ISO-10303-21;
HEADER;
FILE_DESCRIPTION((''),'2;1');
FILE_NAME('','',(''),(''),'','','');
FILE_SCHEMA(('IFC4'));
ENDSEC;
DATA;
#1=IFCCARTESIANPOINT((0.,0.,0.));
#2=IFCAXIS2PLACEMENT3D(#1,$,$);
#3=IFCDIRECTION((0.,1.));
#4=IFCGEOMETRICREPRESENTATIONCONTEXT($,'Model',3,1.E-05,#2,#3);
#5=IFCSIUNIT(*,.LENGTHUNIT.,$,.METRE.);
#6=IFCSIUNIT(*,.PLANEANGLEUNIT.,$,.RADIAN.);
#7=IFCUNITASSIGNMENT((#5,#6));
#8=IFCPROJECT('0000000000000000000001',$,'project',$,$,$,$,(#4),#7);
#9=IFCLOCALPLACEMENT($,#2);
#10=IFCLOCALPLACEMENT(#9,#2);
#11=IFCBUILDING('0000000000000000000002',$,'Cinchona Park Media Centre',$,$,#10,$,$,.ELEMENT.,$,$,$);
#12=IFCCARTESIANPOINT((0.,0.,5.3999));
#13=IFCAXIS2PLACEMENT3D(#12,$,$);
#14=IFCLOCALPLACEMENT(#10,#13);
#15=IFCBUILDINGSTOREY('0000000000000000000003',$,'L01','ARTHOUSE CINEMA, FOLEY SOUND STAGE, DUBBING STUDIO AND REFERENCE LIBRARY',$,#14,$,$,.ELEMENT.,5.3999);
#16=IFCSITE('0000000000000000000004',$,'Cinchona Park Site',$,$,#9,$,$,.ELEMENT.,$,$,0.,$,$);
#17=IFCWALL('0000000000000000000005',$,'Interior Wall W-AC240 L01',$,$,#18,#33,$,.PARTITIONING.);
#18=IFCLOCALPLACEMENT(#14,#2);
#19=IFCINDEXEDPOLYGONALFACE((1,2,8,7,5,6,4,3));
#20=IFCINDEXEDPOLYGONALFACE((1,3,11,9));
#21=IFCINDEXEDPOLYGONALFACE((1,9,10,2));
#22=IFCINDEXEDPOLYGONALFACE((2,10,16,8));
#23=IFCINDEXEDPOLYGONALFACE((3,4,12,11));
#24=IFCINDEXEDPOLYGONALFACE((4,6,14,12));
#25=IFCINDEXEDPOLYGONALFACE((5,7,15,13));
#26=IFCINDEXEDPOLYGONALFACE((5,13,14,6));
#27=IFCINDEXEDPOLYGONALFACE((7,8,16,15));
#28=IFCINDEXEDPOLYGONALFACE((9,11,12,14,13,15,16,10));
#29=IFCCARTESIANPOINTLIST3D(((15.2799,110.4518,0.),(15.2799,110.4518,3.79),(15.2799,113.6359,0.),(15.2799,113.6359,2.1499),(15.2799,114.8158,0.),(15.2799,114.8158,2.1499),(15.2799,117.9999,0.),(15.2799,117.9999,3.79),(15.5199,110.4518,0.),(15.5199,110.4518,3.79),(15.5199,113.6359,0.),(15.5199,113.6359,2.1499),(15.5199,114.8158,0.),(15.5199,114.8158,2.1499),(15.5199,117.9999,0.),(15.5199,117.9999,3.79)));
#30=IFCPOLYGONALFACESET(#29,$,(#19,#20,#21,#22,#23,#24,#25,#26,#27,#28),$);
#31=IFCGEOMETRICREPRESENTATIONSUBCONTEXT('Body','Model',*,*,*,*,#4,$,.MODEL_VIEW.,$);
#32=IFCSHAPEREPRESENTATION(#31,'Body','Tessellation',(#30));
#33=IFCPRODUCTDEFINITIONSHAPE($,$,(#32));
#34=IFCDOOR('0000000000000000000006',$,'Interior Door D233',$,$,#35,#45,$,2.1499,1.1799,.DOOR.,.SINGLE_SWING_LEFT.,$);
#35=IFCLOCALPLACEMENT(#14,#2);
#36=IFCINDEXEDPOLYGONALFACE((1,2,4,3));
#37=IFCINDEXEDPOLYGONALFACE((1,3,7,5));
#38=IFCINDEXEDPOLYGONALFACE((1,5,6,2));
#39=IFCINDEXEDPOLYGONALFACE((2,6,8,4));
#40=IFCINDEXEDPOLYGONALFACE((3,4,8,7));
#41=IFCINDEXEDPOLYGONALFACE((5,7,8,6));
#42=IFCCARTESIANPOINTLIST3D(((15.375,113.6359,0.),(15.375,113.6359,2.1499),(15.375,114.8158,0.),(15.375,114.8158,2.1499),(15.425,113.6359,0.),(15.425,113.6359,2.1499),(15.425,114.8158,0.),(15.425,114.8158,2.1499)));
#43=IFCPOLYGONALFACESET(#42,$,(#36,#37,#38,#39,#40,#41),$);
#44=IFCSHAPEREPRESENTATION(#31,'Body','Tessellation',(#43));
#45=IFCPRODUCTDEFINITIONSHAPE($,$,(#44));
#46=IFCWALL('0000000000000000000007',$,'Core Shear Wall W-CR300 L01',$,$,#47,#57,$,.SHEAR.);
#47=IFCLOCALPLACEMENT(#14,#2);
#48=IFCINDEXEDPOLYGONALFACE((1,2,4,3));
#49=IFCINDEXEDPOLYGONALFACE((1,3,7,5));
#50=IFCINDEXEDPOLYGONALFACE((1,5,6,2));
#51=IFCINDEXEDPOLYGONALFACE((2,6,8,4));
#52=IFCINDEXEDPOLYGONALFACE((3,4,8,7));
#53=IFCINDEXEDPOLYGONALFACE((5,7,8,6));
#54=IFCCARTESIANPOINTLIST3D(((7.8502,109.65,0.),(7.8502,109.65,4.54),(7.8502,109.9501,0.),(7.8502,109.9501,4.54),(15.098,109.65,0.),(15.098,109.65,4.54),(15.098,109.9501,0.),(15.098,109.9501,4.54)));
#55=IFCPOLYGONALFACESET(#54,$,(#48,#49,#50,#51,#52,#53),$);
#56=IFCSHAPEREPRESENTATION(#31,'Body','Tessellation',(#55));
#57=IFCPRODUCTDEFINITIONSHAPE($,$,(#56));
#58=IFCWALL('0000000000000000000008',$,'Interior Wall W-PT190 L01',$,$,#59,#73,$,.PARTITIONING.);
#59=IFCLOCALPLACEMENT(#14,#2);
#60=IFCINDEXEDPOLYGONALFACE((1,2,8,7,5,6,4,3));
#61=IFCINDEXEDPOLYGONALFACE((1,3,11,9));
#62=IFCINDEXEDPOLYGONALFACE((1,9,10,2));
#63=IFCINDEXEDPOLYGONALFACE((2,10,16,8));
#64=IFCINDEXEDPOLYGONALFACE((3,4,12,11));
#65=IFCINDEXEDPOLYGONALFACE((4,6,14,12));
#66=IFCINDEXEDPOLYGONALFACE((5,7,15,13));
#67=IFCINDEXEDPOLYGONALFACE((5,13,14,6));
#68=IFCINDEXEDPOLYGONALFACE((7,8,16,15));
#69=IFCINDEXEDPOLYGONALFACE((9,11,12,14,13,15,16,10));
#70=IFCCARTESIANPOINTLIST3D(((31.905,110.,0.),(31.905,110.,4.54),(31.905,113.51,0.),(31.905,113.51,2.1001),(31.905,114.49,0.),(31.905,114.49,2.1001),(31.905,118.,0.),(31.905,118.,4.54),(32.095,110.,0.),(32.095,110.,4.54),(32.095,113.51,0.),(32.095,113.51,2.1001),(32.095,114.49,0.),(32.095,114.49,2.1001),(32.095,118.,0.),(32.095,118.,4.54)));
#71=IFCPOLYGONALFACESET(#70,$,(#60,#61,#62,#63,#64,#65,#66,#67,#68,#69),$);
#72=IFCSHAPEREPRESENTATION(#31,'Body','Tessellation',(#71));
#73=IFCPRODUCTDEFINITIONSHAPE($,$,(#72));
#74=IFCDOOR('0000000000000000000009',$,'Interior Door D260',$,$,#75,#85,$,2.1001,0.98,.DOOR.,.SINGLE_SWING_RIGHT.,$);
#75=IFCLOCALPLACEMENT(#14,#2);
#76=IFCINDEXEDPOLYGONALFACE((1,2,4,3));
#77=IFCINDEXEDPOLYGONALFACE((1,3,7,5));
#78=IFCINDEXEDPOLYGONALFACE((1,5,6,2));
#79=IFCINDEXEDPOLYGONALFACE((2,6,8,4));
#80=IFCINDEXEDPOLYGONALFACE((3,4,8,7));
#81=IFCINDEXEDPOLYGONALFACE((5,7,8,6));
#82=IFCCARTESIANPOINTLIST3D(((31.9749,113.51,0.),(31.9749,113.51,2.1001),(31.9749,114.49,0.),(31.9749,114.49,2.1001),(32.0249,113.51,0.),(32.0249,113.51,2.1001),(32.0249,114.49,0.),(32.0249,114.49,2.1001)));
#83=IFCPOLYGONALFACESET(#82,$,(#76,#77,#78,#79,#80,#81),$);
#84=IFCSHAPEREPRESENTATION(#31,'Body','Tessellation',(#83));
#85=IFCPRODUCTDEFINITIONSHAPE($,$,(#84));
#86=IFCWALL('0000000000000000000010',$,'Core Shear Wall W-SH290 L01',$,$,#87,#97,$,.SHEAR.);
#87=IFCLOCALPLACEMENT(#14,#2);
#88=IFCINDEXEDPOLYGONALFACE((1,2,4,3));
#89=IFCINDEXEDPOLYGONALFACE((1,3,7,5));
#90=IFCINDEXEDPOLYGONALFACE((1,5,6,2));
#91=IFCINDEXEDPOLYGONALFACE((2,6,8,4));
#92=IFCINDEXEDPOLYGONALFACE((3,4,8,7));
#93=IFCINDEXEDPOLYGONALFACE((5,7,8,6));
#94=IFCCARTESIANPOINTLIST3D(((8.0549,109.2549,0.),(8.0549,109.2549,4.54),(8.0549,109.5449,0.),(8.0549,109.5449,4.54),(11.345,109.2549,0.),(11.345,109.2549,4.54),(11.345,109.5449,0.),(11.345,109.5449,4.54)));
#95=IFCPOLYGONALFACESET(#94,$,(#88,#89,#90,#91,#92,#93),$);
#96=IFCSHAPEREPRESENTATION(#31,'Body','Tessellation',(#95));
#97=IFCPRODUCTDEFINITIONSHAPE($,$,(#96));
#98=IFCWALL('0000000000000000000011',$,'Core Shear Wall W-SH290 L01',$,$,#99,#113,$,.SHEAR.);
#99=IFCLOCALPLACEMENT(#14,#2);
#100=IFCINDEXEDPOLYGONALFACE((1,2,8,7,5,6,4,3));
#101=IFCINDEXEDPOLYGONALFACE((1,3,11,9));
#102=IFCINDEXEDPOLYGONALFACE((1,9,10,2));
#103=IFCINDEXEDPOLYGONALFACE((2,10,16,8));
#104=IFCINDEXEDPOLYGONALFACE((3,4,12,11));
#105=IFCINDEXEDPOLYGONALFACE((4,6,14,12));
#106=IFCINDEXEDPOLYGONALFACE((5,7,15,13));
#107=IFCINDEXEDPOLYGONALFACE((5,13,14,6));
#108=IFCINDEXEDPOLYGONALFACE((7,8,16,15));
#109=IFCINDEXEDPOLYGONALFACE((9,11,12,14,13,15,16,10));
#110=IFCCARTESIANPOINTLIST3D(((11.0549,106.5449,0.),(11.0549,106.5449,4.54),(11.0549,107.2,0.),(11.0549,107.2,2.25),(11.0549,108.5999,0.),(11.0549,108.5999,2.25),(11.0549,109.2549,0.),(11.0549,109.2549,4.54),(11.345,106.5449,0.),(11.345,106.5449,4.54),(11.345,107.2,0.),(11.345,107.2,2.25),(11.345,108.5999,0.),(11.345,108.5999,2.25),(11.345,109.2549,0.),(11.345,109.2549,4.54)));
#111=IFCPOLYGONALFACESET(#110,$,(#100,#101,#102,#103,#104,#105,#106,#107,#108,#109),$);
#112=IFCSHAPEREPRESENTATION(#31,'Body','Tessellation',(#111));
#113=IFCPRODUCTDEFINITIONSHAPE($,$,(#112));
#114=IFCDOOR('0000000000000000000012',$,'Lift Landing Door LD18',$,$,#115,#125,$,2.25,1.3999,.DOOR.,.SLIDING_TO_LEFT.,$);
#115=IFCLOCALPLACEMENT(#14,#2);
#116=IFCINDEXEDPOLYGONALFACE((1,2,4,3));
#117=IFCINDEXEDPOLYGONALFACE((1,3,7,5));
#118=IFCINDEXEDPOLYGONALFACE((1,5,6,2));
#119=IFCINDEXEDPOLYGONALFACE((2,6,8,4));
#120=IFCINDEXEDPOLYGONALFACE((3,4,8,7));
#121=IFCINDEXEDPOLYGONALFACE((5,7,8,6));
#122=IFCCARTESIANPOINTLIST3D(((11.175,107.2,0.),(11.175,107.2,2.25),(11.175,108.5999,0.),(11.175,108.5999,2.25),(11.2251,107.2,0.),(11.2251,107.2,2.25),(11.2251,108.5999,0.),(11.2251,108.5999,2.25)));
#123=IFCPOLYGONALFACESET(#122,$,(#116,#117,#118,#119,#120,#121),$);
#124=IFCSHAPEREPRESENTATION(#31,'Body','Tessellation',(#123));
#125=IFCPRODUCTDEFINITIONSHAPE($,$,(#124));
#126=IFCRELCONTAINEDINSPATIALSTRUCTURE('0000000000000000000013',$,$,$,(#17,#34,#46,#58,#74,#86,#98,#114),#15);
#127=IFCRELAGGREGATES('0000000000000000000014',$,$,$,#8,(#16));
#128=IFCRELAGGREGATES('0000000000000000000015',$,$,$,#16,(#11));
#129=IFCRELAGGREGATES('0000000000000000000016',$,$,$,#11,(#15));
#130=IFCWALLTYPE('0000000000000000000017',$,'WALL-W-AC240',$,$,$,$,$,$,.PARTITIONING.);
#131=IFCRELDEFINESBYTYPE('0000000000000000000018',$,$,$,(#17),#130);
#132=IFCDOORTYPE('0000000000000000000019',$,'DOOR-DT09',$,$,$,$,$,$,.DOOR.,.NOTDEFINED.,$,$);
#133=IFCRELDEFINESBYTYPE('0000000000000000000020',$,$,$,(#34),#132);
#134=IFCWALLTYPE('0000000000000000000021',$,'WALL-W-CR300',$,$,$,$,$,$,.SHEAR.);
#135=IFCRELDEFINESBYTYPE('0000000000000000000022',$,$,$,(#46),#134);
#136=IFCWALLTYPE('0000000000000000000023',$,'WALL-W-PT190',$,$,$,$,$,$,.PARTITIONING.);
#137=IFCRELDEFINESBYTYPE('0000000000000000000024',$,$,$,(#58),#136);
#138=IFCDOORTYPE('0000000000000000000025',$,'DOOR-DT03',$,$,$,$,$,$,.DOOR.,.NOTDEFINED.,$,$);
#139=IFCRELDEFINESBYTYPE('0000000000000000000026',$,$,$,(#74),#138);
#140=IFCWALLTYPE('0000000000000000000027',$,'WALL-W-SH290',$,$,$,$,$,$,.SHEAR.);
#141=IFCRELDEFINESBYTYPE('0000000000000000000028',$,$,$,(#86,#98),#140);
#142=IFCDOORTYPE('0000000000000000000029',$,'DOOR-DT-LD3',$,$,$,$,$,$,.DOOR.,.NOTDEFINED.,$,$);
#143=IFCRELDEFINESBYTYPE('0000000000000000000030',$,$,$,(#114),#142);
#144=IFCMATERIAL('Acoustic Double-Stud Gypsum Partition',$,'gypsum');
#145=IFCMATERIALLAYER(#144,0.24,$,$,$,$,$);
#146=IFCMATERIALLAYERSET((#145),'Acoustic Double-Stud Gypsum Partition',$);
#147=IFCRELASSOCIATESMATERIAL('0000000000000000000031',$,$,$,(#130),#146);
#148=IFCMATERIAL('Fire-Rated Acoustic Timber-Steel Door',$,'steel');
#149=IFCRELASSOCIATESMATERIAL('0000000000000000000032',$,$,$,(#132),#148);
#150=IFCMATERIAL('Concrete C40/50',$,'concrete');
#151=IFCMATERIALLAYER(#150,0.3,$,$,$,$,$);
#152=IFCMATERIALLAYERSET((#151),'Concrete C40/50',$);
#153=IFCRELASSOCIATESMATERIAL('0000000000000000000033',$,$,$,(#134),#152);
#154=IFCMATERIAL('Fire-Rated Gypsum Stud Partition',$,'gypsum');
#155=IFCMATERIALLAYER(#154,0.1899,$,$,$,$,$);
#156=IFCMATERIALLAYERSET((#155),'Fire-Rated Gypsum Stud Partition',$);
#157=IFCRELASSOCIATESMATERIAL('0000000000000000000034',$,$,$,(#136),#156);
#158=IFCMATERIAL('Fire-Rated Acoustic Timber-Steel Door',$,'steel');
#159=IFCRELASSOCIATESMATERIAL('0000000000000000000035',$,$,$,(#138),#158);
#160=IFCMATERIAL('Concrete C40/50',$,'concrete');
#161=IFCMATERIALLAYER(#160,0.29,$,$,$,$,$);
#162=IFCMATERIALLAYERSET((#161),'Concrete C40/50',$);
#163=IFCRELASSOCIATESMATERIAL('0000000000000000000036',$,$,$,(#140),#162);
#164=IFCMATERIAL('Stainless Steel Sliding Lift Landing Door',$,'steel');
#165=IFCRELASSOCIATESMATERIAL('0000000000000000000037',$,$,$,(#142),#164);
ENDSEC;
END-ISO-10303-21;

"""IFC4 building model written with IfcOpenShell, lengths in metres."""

from ifc_helpers import new_model, si_unit, direction, frame, frame_2d, origin, place, context, subcontext, project, spatial, rectangle, extrude, material, layer, layer_set, type_object, element, fill, save


model = new_model("IFC4")

# Units and contexts
model_context = context("Model", 3, precision=1e-05, world=origin(), true_north=direction((0.0, 1.0)))
body_context = subcontext(model_context, "Body", "Model", "MODEL_VIEW")
ifc_project = project(units=[si_unit("LENGTHUNIT", "METRE"), si_unit("PLANEANGLEUNIT", "RADIAN")], contexts=[model_context])

# Site, building, storey
site_placement = place(None, origin())
site = spatial("IfcSite", under=ifc_project, at=site_placement, Name="Cinchona Park Site", CompositionType="ELEMENT", RefElevation=0.0)
building_placement = place(site_placement, origin())
building = spatial("IfcBuilding", under=site, at=building_placement, Name="Cinchona Park Media Centre", CompositionType="ELEMENT")
storey_placement = place(building_placement, frame((0.0, 0.0, 5.3999)))
storey = spatial("IfcBuildingStorey", under=building, at=storey_placement, Name="L01", Description="ARTHOUSE CINEMA, FOLEY SOUND STAGE, DUBBING STUDIO AND REFERENCE LIBRARY", CompositionType="ELEMENT", Elevation=5.3999)

# Wall, opening, door
ifc_material_1 = material(Name="Acoustic Double-Stud Gypsum Partition", Category="gypsum")
ifc_layer_1 = layer(ifc_material_1, 0.24)
ifc_layer_set_1 = layer_set([ifc_layer_1], Name="Acoustic Double-Stud Gypsum Partition")
wall_type_1 = type_object("IfcWallType", Name="WALL-W-AC240", PredefinedType="PARTITIONING", material=ifc_layer_set_1)
wall_1_placement = place(storey_placement, frame((15.3999, 110.4519, 0.0), z_axis=(0.0, 0.0, 1.0), x_axis=(0.0, 1.0, 0.0)))
wall_1 = element("IfcWall", 1, at=wall_1_placement, inside=storey, type_object=wall_type_1, Name="Interior Wall W-AC240 L01", PredefinedType="PARTITIONING", context=body_context, shape_type="SweptSolid", body=[
    extrude(rectangle(XDim=7.5481, YDim=0.24, at=frame_2d((3.7739, 0.0))), origin(), (0.0, 0.0, 1.0), 3.79),
])
opening_1_placement = place(wall_1_placement, frame((3.1841, 0.0, 0.0)))
opening_1 = element("IfcOpeningElement", 2, at=opening_1_placement, cuts=wall_1, PredefinedType="OPENING", context=body_context, shape_type="SweptSolid", body=[
    extrude(rectangle(XDim=1.1799, YDim=2.1499, at=frame_2d((0.5898, 1.075))), frame((0.0, 0.1299, 0.0), z_axis=(0.0, -1.0, 0.0), x_axis=(1.0, 0.0, 0.0)), (0.0, 0.0, 1.0), 0.26),
])
ifc_material_2 = material(Name="Fire-Rated Acoustic Timber-Steel Door", Category="steel")
door_type_1 = type_object("IfcDoorType", Name="DOOR-DT09", OperationType="NOTDEFINED", PredefinedType="DOOR", material=ifc_material_2)
door_1_placement = place(opening_1_placement, origin())
door_1 = element("IfcDoor", 3, at=door_1_placement, inside=storey, type_object=door_type_1, Name="Interior Door D233", OperationType="SINGLE_SWING_LEFT", OverallHeight=2.1499, OverallWidth=1.1799, PredefinedType="DOOR", context=body_context, shape_type="SweptSolid", body=[
    extrude(rectangle(XDim=1.1799, YDim=2.1499, at=frame_2d((0.5898, 1.075))), frame((0.0, 0.0249, 0.0), z_axis=(0.0, -1.0, 0.0), x_axis=(1.0, 0.0, 0.0)), (0.0, 0.0, 1.0), 0.05),
])
fill(opening_1, door_1)

# Wall
ifc_material_3 = material(Name="Concrete C40/50", Category="concrete")
ifc_layer_2 = layer(ifc_material_3, 0.3)
ifc_layer_set_2 = layer_set([ifc_layer_2], Name="Concrete C40/50")
wall_type_2 = type_object("IfcWallType", Name="WALL-W-CR300", PredefinedType="SHEAR", material=ifc_layer_set_2)
wall_2_placement = place(storey_placement, frame((7.8501, 109.8, 0.0), z_axis=(0.0, 0.0, 1.0), x_axis=(1.0, 0.0, 0.0)))
element("IfcWall", 4, at=wall_2_placement, inside=storey, type_object=wall_type_2, Name="Core Shear Wall W-CR300 L01", PredefinedType="SHEAR", context=body_context, shape_type="SweptSolid", body=[
    extrude(rectangle(XDim=7.2478, YDim=0.3, at=frame_2d((3.624, 0.0))), origin(), (0.0, 0.0, 1.0), 4.54),
])

# Wall, opening, door
ifc_material_4 = material(Name="Fire-Rated Gypsum Stud Partition", Category="gypsum")
ifc_layer_3 = layer(ifc_material_4, 0.1899)
ifc_layer_set_3 = layer_set([ifc_layer_3], Name="Fire-Rated Gypsum Stud Partition")
wall_type_3 = type_object("IfcWallType", Name="WALL-W-PT190", PredefinedType="PARTITIONING", material=ifc_layer_set_3)
wall_3_placement = place(storey_placement, frame((32.0, 118.0, 0.0), z_axis=(0.0, 0.0, 1.0), x_axis=(0.0, -1.0, 0.0)))
wall_3 = element("IfcWall", 5, at=wall_3_placement, inside=storey, type_object=wall_type_3, Name="Interior Wall W-PT190 L01", PredefinedType="PARTITIONING", context=body_context, shape_type="SweptSolid", body=[
    extrude(rectangle(XDim=8.0, YDim=0.1899, at=frame_2d((4.0, 0.0))), origin(), (0.0, 0.0, 1.0), 4.54),
])
opening_2_placement = place(wall_3_placement, frame((3.51, 0.0, 0.0)))
opening_2 = element("IfcOpeningElement", 6, at=opening_2_placement, cuts=wall_3, PredefinedType="OPENING", context=body_context, shape_type="SweptSolid", body=[
    extrude(rectangle(XDim=0.98, YDim=2.1001, at=frame_2d((0.49, 1.05))), frame((0.0, 0.105, 0.0), z_axis=(0.0, -1.0, 0.0), x_axis=(1.0, 0.0, 0.0)), (0.0, 0.0, 1.0), 0.21),
])
ifc_material_5 = material(Name="Fire-Rated Acoustic Timber-Steel Door", Category="steel")
door_type_2 = type_object("IfcDoorType", Name="DOOR-DT03", OperationType="NOTDEFINED", PredefinedType="DOOR", material=ifc_material_5)
door_2_placement = place(opening_2_placement, origin())
door_2 = element("IfcDoor", 7, at=door_2_placement, inside=storey, type_object=door_type_2, Name="Interior Door D260", OperationType="SINGLE_SWING_RIGHT", OverallHeight=2.1001, OverallWidth=0.98, PredefinedType="DOOR", context=body_context, shape_type="SweptSolid", body=[
    extrude(rectangle(XDim=0.98, YDim=2.1001, at=frame_2d((0.49, 1.05))), frame((0.0, 0.0249, 0.0), z_axis=(0.0, -1.0, 0.0), x_axis=(1.0, 0.0, 0.0)), (0.0, 0.0, 1.0), 0.05),
])
fill(opening_2, door_2)

# Wall
ifc_material_6 = material(Name="Concrete C40/50", Category="concrete")
ifc_layer_4 = layer(ifc_material_6, 0.29)
ifc_layer_set_4 = layer_set([ifc_layer_4], Name="Concrete C40/50")
wall_type_4 = type_object("IfcWallType", Name="WALL-W-SH290", PredefinedType="SHEAR", material=ifc_layer_set_4)
wall_4_placement = place(storey_placement, frame((8.0549, 109.3999, 0.0), z_axis=(0.0, 0.0, 1.0), x_axis=(1.0, 0.0, 0.0)))
element("IfcWall", 8, at=wall_4_placement, inside=storey, type_object=wall_type_4, Name="Core Shear Wall W-SH290 L01", PredefinedType="SHEAR", context=body_context, shape_type="SweptSolid", body=[
    extrude(rectangle(XDim=3.29, YDim=0.29, at=frame_2d((1.645, 0.0))), origin(), (0.0, 0.0, 1.0), 4.54),
])

# Wall, opening, door
wall_5_placement = place(storey_placement, frame((11.2, 106.5449, 0.0), z_axis=(0.0, 0.0, 1.0), x_axis=(0.0, 1.0, 0.0)))
wall_5 = element("IfcWall", 9, at=wall_5_placement, inside=storey, type_object=wall_type_4, Name="Core Shear Wall W-SH290 L01", PredefinedType="SHEAR", context=body_context, shape_type="SweptSolid", body=[
    extrude(rectangle(XDim=2.71, YDim=0.29, at=frame_2d((1.355, 0.0))), origin(), (0.0, 0.0, 1.0), 4.54),
])
opening_3_placement = place(wall_5_placement, frame((0.655, 0.0, 0.0)))
opening_3 = element("IfcOpeningElement", 10, at=opening_3_placement, cuts=wall_5, PredefinedType="OPENING", context=body_context, shape_type="SweptSolid", body=[
    extrude(rectangle(XDim=1.3999, YDim=2.25, at=frame_2d((0.7, 1.125))), frame((0.0, 0.155, 0.0), z_axis=(0.0, -1.0, 0.0), x_axis=(1.0, 0.0, 0.0)), (0.0, 0.0, 1.0), 0.3101),
])
ifc_material_7 = material(Name="Stainless Steel Sliding Lift Landing Door", Category="steel")
door_type_3 = type_object("IfcDoorType", Name="DOOR-DT-LD3", OperationType="NOTDEFINED", PredefinedType="DOOR", material=ifc_material_7)
door_3_placement = place(opening_3_placement, origin())
door_3 = element("IfcDoor", 11, at=door_3_placement, inside=storey, type_object=door_type_3, Name="Lift Landing Door LD18", OperationType="SLIDING_TO_LEFT", OverallHeight=2.25, OverallWidth=1.3999, PredefinedType="DOOR", context=body_context, shape_type="SweptSolid", body=[
    extrude(rectangle(XDim=1.3999, YDim=2.25, at=frame_2d((0.7, 1.125))), frame((0.0, 0.0249, 0.0), z_axis=(0.0, -1.0, 0.0), x_axis=(1.0, 0.0, 0.0)), (0.0, 0.0, 1.0), 0.05),
])
fill(opening_3, door_3)

save(model, "model.ifc")
